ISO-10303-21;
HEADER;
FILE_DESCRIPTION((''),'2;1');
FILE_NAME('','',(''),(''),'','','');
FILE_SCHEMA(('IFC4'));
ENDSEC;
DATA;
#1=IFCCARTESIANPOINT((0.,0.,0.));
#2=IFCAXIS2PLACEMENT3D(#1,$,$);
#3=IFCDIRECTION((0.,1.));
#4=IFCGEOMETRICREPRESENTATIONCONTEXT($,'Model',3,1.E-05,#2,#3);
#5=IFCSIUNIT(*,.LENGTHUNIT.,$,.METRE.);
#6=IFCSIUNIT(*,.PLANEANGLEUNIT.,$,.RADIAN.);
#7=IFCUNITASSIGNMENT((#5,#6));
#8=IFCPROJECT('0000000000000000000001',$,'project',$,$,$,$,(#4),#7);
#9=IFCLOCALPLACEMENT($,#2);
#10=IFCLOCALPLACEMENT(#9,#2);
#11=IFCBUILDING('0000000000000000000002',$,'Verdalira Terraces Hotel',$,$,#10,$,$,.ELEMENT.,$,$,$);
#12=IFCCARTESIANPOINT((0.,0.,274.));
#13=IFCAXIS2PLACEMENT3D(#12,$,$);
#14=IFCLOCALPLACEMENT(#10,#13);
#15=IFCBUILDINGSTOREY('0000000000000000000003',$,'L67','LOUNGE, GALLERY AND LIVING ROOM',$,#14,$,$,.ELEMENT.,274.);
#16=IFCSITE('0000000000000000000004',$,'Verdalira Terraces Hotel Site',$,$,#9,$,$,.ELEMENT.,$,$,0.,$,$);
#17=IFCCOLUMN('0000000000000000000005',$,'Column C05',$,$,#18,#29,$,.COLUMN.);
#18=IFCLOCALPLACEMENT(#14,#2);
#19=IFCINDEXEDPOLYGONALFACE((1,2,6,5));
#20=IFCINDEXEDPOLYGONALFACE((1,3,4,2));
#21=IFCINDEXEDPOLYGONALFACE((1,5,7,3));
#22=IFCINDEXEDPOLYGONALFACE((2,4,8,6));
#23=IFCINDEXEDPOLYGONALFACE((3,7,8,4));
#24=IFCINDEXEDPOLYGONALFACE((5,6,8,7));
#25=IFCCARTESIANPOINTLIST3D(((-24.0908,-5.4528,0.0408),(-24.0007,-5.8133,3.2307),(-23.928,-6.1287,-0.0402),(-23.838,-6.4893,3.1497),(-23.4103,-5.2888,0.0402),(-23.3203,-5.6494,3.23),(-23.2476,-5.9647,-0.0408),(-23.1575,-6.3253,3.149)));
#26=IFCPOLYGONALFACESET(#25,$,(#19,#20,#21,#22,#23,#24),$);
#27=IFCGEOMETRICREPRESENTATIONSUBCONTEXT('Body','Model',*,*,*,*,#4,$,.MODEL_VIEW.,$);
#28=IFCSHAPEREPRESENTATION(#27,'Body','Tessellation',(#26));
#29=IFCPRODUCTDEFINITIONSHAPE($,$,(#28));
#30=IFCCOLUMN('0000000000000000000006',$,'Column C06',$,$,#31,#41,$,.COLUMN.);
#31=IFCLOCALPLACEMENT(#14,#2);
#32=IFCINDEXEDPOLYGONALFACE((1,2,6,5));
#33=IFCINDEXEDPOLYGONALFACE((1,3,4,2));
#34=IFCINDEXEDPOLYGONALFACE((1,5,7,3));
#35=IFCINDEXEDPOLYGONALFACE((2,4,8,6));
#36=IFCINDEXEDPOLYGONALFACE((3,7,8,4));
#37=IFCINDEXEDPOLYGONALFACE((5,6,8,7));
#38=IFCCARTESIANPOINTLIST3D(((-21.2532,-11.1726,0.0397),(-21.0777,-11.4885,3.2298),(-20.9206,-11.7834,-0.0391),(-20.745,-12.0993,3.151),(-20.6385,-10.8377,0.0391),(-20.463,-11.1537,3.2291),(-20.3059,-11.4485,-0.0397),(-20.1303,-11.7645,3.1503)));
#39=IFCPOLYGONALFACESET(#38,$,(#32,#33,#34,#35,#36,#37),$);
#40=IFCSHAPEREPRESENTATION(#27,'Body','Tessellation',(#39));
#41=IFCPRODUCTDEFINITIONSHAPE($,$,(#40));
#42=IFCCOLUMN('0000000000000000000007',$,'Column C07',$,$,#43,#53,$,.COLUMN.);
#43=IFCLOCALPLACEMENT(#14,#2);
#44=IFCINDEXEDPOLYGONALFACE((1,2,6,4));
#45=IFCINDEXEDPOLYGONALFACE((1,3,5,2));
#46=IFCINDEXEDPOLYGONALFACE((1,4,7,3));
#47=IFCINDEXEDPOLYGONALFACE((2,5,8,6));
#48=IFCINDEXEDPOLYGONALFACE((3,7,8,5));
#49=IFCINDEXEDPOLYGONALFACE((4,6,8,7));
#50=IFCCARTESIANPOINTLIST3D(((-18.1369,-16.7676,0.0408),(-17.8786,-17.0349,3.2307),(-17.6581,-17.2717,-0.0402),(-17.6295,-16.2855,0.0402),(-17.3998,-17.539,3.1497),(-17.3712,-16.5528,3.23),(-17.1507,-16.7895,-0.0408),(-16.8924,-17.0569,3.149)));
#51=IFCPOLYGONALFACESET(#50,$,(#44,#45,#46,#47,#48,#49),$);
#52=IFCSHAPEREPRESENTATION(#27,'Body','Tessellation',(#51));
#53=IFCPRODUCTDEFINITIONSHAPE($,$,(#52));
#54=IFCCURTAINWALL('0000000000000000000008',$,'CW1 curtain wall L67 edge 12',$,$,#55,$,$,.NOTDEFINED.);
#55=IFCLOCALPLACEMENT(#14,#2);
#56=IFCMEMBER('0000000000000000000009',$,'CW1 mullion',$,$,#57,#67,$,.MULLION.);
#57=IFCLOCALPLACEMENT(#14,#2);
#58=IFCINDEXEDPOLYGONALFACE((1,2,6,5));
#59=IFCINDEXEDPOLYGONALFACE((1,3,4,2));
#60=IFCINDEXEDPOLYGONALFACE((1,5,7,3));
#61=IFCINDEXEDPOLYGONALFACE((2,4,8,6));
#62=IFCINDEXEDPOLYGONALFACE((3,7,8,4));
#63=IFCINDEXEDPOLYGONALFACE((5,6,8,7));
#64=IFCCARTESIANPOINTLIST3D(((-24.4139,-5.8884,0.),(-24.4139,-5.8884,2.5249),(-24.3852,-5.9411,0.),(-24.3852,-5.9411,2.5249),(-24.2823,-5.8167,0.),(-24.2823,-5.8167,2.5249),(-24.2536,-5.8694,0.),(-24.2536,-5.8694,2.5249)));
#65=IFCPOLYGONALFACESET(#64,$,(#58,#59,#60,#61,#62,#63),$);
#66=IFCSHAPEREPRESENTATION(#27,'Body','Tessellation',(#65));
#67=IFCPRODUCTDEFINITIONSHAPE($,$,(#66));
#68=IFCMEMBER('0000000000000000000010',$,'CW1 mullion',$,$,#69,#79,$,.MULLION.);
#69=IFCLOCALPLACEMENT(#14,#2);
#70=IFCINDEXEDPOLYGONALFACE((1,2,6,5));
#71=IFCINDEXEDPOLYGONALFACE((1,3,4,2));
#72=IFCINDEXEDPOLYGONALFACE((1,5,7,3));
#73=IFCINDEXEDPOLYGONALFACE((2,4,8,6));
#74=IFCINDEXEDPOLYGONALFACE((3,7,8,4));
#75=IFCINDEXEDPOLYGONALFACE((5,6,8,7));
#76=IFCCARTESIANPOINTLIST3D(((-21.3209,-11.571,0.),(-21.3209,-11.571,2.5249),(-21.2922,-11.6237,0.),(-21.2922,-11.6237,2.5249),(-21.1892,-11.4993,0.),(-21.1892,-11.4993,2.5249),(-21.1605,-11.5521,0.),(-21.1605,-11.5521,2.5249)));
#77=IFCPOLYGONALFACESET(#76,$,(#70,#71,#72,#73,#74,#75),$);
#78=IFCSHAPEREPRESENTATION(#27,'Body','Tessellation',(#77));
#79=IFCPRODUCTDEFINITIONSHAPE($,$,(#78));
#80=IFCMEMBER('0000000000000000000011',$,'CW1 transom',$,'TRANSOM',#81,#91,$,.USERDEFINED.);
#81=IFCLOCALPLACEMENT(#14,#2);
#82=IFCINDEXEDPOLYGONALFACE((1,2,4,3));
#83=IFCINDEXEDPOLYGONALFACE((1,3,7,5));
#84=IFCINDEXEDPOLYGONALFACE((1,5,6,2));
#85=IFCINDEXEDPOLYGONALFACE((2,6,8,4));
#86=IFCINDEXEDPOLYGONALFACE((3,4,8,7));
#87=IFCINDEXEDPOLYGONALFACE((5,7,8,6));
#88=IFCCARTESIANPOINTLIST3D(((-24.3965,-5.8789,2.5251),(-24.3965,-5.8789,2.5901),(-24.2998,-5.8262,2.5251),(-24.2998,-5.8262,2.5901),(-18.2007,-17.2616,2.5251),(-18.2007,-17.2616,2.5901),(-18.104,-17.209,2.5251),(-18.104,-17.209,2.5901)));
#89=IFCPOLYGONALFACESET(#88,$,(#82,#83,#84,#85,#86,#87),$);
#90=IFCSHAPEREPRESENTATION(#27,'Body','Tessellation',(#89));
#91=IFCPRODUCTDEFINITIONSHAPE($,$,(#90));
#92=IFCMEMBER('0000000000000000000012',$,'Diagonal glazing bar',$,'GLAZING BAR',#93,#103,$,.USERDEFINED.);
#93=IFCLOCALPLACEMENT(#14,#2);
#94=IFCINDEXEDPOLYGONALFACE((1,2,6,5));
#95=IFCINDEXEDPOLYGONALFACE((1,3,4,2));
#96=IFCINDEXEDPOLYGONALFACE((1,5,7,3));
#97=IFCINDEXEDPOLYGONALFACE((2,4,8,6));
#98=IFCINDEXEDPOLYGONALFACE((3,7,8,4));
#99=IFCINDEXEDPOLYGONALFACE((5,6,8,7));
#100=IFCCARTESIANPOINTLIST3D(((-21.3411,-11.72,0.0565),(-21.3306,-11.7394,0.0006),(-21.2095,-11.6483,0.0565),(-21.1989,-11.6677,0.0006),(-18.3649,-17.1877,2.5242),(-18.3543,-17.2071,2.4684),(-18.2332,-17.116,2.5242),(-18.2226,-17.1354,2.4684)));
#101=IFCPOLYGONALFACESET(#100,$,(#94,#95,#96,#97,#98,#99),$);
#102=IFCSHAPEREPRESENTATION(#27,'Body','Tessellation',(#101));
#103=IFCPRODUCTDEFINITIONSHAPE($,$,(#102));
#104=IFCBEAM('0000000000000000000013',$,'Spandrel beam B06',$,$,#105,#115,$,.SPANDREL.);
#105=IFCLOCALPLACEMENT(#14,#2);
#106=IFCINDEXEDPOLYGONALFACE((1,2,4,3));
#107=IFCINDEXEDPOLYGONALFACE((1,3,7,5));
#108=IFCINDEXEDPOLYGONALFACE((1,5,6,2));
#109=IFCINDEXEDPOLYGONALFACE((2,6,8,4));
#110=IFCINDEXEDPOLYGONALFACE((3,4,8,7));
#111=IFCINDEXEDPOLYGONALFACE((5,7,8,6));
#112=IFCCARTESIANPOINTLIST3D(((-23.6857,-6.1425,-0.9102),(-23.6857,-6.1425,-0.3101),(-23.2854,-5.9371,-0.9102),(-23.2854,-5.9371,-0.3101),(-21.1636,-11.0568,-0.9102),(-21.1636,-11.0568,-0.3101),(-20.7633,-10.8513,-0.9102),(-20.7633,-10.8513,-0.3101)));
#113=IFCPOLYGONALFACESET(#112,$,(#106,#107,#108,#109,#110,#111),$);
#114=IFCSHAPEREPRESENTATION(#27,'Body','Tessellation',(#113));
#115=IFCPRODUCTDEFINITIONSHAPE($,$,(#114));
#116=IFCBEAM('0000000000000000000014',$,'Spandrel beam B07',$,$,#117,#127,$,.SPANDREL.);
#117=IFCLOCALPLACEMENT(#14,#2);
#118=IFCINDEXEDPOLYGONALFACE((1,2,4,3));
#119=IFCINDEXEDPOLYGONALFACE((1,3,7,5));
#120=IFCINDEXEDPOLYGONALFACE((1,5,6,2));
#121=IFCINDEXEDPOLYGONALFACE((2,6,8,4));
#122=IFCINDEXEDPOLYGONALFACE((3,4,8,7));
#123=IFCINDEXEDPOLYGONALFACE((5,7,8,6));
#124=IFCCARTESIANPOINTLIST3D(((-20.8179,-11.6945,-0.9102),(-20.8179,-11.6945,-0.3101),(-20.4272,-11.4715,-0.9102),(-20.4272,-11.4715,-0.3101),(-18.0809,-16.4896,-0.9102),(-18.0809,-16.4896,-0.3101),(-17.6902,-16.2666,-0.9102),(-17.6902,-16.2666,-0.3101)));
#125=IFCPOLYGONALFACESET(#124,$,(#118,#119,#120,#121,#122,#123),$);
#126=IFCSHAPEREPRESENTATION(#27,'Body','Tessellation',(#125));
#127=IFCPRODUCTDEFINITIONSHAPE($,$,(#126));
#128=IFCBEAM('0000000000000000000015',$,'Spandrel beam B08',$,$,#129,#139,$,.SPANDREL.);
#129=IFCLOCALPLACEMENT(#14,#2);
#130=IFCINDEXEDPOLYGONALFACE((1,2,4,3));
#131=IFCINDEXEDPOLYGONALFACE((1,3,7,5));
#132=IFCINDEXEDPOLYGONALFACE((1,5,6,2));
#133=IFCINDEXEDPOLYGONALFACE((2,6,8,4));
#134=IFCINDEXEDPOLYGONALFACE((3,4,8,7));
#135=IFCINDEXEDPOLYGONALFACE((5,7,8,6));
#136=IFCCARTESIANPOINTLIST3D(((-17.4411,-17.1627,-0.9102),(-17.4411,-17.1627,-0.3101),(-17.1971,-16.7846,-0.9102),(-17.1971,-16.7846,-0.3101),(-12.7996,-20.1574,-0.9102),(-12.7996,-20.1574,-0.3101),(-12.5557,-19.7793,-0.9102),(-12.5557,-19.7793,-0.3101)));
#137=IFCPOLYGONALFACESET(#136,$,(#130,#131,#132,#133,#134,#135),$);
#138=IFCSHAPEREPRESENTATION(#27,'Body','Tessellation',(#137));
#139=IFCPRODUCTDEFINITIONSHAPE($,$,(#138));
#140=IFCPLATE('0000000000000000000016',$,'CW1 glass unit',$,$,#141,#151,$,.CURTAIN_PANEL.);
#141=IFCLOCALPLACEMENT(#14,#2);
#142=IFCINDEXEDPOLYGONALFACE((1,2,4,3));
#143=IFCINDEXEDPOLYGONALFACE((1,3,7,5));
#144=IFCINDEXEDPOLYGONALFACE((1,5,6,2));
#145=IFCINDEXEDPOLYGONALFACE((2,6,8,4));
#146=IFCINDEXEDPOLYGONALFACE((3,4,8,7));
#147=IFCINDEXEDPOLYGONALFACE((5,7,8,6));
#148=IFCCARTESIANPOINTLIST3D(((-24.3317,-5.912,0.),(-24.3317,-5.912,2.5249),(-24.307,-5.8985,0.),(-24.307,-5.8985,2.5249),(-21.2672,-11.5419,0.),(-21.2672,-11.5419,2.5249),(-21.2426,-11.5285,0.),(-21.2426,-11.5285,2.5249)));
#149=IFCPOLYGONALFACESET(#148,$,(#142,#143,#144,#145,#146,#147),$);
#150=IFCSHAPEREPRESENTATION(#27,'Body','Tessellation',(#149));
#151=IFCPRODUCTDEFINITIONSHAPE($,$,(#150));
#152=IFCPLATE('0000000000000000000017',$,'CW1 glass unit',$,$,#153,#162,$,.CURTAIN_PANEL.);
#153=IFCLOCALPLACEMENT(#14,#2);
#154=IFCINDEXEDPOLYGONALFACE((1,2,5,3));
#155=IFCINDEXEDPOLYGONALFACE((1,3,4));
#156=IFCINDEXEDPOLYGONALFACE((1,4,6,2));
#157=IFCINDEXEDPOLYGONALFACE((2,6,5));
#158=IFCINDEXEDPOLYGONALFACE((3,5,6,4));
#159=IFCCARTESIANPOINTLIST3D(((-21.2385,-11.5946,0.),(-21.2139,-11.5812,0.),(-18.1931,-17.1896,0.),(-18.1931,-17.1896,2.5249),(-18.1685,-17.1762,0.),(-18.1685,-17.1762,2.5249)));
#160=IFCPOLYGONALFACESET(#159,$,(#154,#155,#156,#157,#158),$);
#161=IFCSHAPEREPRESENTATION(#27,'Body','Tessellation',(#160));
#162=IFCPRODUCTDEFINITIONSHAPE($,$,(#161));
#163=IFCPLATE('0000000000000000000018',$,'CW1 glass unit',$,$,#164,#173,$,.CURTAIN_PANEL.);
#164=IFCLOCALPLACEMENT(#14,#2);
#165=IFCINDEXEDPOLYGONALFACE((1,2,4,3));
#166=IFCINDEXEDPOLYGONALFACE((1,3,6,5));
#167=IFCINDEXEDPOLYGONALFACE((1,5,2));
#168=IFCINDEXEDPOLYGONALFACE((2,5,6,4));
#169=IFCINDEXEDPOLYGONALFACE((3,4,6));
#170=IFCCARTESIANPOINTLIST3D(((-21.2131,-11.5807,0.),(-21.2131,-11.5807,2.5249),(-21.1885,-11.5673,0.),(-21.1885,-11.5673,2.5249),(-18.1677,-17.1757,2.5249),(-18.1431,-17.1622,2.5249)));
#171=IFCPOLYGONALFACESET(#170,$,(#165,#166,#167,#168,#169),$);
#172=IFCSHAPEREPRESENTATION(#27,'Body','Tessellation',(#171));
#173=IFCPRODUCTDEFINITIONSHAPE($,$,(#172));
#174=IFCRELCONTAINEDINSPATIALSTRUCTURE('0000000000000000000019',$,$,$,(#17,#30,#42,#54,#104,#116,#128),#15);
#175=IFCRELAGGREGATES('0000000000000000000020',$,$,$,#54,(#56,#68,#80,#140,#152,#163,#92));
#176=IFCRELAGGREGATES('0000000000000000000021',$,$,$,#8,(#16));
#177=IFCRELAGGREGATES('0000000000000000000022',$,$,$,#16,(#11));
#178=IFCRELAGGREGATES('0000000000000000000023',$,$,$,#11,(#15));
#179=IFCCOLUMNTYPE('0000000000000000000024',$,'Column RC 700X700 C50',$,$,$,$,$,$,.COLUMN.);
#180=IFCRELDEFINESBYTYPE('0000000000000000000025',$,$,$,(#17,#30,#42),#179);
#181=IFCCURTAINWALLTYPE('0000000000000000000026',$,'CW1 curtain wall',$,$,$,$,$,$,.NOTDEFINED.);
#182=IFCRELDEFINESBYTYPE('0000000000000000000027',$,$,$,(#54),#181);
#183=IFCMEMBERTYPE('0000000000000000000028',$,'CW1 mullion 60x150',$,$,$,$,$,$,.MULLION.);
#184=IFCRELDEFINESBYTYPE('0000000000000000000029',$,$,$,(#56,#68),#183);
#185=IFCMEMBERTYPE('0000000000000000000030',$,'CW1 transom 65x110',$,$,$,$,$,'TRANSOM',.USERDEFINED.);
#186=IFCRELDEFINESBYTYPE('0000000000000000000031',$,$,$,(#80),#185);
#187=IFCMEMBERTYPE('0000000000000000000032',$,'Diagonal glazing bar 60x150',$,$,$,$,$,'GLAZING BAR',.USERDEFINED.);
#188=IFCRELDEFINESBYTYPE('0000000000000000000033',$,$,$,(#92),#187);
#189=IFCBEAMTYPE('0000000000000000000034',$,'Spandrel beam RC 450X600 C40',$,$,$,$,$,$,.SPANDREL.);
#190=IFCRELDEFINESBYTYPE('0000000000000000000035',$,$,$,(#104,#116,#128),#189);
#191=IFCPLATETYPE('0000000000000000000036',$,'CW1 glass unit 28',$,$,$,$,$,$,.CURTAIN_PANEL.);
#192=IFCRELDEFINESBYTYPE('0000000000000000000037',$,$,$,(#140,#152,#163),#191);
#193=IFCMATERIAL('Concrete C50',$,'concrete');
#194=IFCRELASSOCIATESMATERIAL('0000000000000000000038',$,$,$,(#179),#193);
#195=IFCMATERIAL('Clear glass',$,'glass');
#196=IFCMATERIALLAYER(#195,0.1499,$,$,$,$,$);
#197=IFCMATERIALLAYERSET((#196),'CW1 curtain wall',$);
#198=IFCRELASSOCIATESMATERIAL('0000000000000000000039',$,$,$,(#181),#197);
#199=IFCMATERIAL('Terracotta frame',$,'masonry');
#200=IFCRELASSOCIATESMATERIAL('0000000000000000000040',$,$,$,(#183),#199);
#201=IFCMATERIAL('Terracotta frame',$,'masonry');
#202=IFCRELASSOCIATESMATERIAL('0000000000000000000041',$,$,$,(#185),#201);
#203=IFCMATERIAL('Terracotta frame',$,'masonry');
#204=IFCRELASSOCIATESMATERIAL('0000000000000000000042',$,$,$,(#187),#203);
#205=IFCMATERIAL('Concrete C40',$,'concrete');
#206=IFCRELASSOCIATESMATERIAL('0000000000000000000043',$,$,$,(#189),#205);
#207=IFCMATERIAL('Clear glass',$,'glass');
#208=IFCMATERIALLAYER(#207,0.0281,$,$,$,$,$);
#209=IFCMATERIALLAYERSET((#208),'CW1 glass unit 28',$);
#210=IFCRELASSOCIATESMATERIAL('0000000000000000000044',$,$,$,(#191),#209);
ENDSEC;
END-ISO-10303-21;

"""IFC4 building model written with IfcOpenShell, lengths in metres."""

from ifc_helpers import new_model, si_unit, direction, frame, origin, origin_2d, place, context, subcontext, project, spatial, polyline, rectangle, outline, extrude, material, layer, layer_set, material_profile, profile_set, type_object, element, aggregate, save


model = new_model("IFC4")

# Units and contexts
model_context = context("Model", 3, precision=1e-05, world=origin(), true_north=direction((0.0, 1.0)))
body_context = subcontext(model_context, "Body", "Model", "MODEL_VIEW")
ifc_project = project(units=[si_unit("LENGTHUNIT", "METRE"), si_unit("PLANEANGLEUNIT", "RADIAN")], contexts=[model_context])

# Site, building, storey
site_placement = place(None, origin())
site = spatial("IfcSite", under=ifc_project, at=site_placement, Name="Verdalira Terraces Hotel Site", CompositionType="ELEMENT", RefElevation=0.0)
building_placement = place(site_placement, origin())
building = spatial("IfcBuilding", under=site, at=building_placement, Name="Verdalira Terraces Hotel", CompositionType="ELEMENT")
storey_placement = place(building_placement, frame((0.0, 0.0, 274.0)))
storey = spatial("IfcBuildingStorey", under=building, at=storey_placement, Name="L67", Description="LOUNGE, GALLERY AND LIVING ROOM", CompositionType="ELEMENT", Elevation=274.0)

# Columns
ifc_material_1 = material(Name="Concrete C50", Category="concrete")
ifc_material_profile_1 = material_profile(ifc_material_1, rectangle(XDim=0.7, YDim=0.7, at=origin_2d()), Name="RC 700X700")
ifc_profile_set_1 = profile_set([ifc_material_profile_1], Name="Concrete C50")
column_type = type_object("IfcColumnType", Name="Column RC 700X700 C50", PredefinedType="COLUMN", material=ifc_profile_set_1)
column_1_placement = place(storey_placement, frame((-23.6692, -5.7087, 0.0), z_axis=(0.028051, -0.112282, 0.99328), x_axis=(-0.232562, 0.965672, 0.115729)))
element("IfcColumn", 1, at=column_1_placement, inside=storey, type_object=column_type, Name="Column C05", PredefinedType="COLUMN", context=body_context, shape_type="SweptSolid", body=[
    extrude(rectangle(XDim=0.7, YDim=0.7, at=origin_2d()), origin(), (0.0, 0.0, 1.0), 3.2114),
])
column_2_placement = place(storey_placement, frame((-20.7795, -11.3105, 0.0), z_axis=(0.054679, -0.098406, 0.993643), x_axis=(0.475225, -0.872633, -0.112573)))
element("IfcColumn", 2, at=column_2_placement, inside=storey, type_object=column_type, Name="Column C06", PredefinedType="COLUMN", context=body_context, shape_type="SweptSolid", body=[
    extrude(rectangle(XDim=0.7, YDim=0.7, at=origin_2d()), origin(), (0.0, 0.0, 1.0), 3.2104),
])
column_3_placement = place(storey_placement, frame((-17.6438, -16.7786, 0.0), z_axis=(0.080429, -0.083242, 0.993278), x_axis=(-0.684092, 0.720153, 0.115746)))
element("IfcColumn", 3, at=column_3_placement, inside=storey, type_object=column_type, Name="Column C07", PredefinedType="COLUMN", context=body_context, shape_type="SweptSolid", body=[
    extrude(rectangle(XDim=0.7, YDim=0.7, at=origin_2d()), origin(), (0.0, 0.0, 1.0), 3.2114),
])

# Curtain wall, members
ifc_material_2 = material(Name="Clear glass", Category="glass")
ifc_layer_1 = layer(ifc_material_2, 0.1499)
ifc_layer_set_1 = layer_set([ifc_layer_1], Name="CW1 curtain wall")
curtain_wall_type = type_object("IfcCurtainWallType", Name="CW1 curtain wall", PredefinedType="NOTDEFINED", material=ifc_layer_set_1)
curtain_wall_placement = place(storey_placement, origin())
curtain_wall = element("IfcCurtainWall", 4, at=curtain_wall_placement, inside=storey, type_object=curtain_wall_type, Name="CW1 curtain wall L67 edge 12", PredefinedType="NOTDEFINED")
ifc_material_3 = material(Name="Terracotta frame", Category="masonry")
ifc_material_profile_2 = material_profile(ifc_material_3, rectangle(XDim=0.0601, YDim=0.1499, at=origin_2d()), Name="MU 60x150")
ifc_profile_set_2 = profile_set([ifc_material_profile_2], Name="Terracotta frame")
member_type_1 = type_object("IfcMemberType", Name="CW1 mullion 60x150", PredefinedType="MULLION", material=ifc_profile_set_2)
member_1_placement = place(storey_placement, frame((-24.3337, -5.8789, 0.0), z_axis=(0.0, 0.0, 1.0), x_axis=(0.478079, -0.878317, 0.0)))
member_1 = element("IfcMember", 5, at=member_1_placement, type_object=member_type_1, Name="CW1 mullion", PredefinedType="MULLION", context=body_context, shape_type="SweptSolid", body=[
    extrude(rectangle(XDim=0.0601, YDim=0.1499, at=origin_2d()), origin(), (0.0, 0.0, 1.0), 2.5249),
])
member_2_placement = place(storey_placement, frame((-21.2407, -11.5615, 0.0), z_axis=(0.0, 0.0, 1.0), x_axis=(0.478079, -0.878317, 0.0)))
member_2 = element("IfcMember", 6, at=member_2_placement, type_object=member_type_1, Name="CW1 mullion", PredefinedType="MULLION", context=body_context, shape_type="SweptSolid", body=[
    extrude(rectangle(XDim=0.0601, YDim=0.1499, at=origin_2d()), origin(), (0.0, 0.0, 1.0), 2.5249),
])
ifc_material_4 = material(Name="Terracotta frame", Category="masonry")
ifc_material_profile_3 = material_profile(ifc_material_4, rectangle(XDim=0.1101, YDim=0.0649, at=origin_2d()), Name="TR 65x110")
ifc_profile_set_3 = profile_set([ifc_material_profile_3], Name="Terracotta frame")
member_type_2 = type_object("IfcMemberType", Name="CW1 transom 65x110", ElementType="TRANSOM", PredefinedType="USERDEFINED", material=ifc_profile_set_3)
member_3_placement = place(storey_placement, frame((-24.3481, -5.8525, 2.5576), z_axis=(0.478078, -0.878317, 0.0), x_axis=(0.878317, 0.478078, 0.0)))
member_3 = element("IfcMember", 7, at=member_3_placement, type_object=member_type_2, Name="CW1 transom", ObjectType="TRANSOM", PredefinedType="USERDEFINED", context=body_context, shape_type="SweptSolid", body=[
    extrude(rectangle(XDim=0.1101, YDim=0.0649, at=origin_2d()), origin(), (0.0, 0.0, 1.0), 12.9597),
])
ifc_material_5 = material(Name="Terracotta frame", Category="masonry")
ifc_material_profile_4 = material_profile(ifc_material_5, rectangle(XDim=0.1499, YDim=0.0601, at=origin_2d()), Name="GB 60x150")
ifc_profile_set_4 = profile_set([ifc_material_profile_4], Name="Terracotta frame")
member_type_3 = type_object("IfcMemberType", Name="Diagonal glazing bar 60x150", ElementType="GLAZING BAR", PredefinedType="USERDEFINED", material=ifc_profile_set_4)
member_4_placement = place(storey_placement, frame((-21.27, -11.6938, 0.0286), z_axis=(0.44445, -0.816496, 0.368509), x_axis=(0.878307, 0.478096, 0.0)))
member_4 = element("IfcMember", 8, at=member_4_placement, type_object=member_type_3, Name="Diagonal glazing bar", ObjectType="GLAZING BAR", PredefinedType="USERDEFINED", context=body_context, shape_type="SweptSolid", body=[
    extrude(rectangle(XDim=0.1499, YDim=0.0601, at=origin_2d()), origin(), (0.0, 0.0, 1.0), 6.6965),
])

# Beams
ifc_material_6 = material(Name="Concrete C40", Category="concrete")
ifc_material_profile_5 = material_profile(ifc_material_6, rectangle(XDim=0.45, YDim=0.6001, at=origin_2d()), Name="RC 450X600")
ifc_profile_set_5 = profile_set([ifc_material_profile_5], Name="Concrete C40")
beam_type = type_object("IfcBeamType", Name="Spandrel beam RC 450X600 C40", PredefinedType="SPANDREL", material=ifc_profile_set_5)
beam_1_placement = place(storey_placement, frame((-23.4856, -6.0398, -0.6101), z_axis=(0.456612, -0.889666, 0.0), x_axis=(0.889666, 0.456612, 0.0)))
element("IfcBeam", 9, at=beam_1_placement, inside=storey, type_object=beam_type, Name="Spandrel beam B06", PredefinedType="SPANDREL", context=body_context, shape_type="SweptSolid", body=[
    extrude(rectangle(XDim=0.45, YDim=0.6001, at=origin_2d()), origin(), (0.0, 0.0, 1.0), 5.5237),
])
beam_2_placement = place(storey_placement, frame((-20.6226, -11.583, -0.6101), z_axis=(0.495725, -0.86848, 0.0), x_axis=(0.86848, 0.495725, 0.0)))
element("IfcBeam", 10, at=beam_2_placement, inside=storey, type_object=beam_type, Name="Spandrel beam B07", PredefinedType="SPANDREL", context=body_context, shape_type="SweptSolid", body=[
    extrude(rectangle(XDim=0.45, YDim=0.6001, at=origin_2d()), origin(), (0.0, 0.0, 1.0), 5.5212),
])
beam_3_placement = place(storey_placement, frame((-17.3191, -16.9736, -0.6101), z_axis=(0.84028, -0.542153, 0.0), x_axis=(0.542153, 0.84028, 0.0)))
element("IfcBeam", 11, at=beam_3_placement, inside=storey, type_object=beam_type, Name="Spandrel beam B08", PredefinedType="SPANDREL", context=body_context, shape_type="SweptSolid", body=[
    extrude(rectangle(XDim=0.45, YDim=0.6001, at=origin_2d()), origin(), (0.0, 0.0, 1.0), 5.5237),
])

# Plates
ifc_material_7 = material(Name="Clear glass", Category="glass")
ifc_layer_2 = layer(ifc_material_7, 0.0281)
ifc_layer_set_2 = layer_set([ifc_layer_2], Name="CW1 glass unit 28")
plate_type = type_object("IfcPlateType", Name="CW1 glass unit 28", PredefinedType="CURTAIN_PANEL", material=ifc_layer_set_2)
plate_1_placement = place(storey_placement, frame((-22.7871, -8.7202, 0.0), z_axis=(0.0, 0.0, 1.0), x_axis=(0.478079, -0.878317, 0.0)))
plate_1 = element("IfcPlate", 12, at=plate_1_placement, type_object=plate_type, Name="CW1 glass unit", PredefinedType="CURTAIN_PANEL", context=body_context, shape_type="SweptSolid", body=[
    extrude(rectangle(XDim=6.4099, YDim=0.0281, at=origin_2d()), origin(), (0.0, 0.0, 1.0), 2.5249),
])
plate_2_placement = place(storey_placement, frame((-19.6912, -14.3787, 1.2625), z_axis=(-0.878317, -0.478079, 0.0), x_axis=(0.478079, -0.878317, 0.0)))
plate_2 = element("IfcPlate", 13, at=plate_2_placement, type_object=plate_type, Name="CW1 glass unit", PredefinedType="CURTAIN_PANEL", context=body_context, shape_type="SweptSolid", body=[
    extrude(outline(polyline([(-3.1851, -1.2625), (3.1851, -1.2625), (3.1851, 1.2625), (-3.1851, -1.2625)])), origin(), (0.0, 0.0, 1.0), 0.0281),
])
plate_3_placement = place(storey_placement, frame((-19.6658, -14.3647, 1.2625), z_axis=(-0.878317, -0.478079, 0.0), x_axis=(0.478079, -0.878317, 0.0)))
plate_3 = element("IfcPlate", 14, at=plate_3_placement, type_object=plate_type, Name="CW1 glass unit", PredefinedType="CURTAIN_PANEL", context=body_context, shape_type="SweptSolid", body=[
    extrude(outline(polyline([(-3.1851, -1.2625), (3.1851, 1.2625), (-3.1851, 1.2625), (-3.1851, -1.2625)])), origin(), (0.0, 0.0, 1.0), 0.0281),
])
aggregate(curtain_wall, [member_1, member_2, member_3, plate_1, plate_2, plate_3, member_4])

save(model, "model.ifc")
